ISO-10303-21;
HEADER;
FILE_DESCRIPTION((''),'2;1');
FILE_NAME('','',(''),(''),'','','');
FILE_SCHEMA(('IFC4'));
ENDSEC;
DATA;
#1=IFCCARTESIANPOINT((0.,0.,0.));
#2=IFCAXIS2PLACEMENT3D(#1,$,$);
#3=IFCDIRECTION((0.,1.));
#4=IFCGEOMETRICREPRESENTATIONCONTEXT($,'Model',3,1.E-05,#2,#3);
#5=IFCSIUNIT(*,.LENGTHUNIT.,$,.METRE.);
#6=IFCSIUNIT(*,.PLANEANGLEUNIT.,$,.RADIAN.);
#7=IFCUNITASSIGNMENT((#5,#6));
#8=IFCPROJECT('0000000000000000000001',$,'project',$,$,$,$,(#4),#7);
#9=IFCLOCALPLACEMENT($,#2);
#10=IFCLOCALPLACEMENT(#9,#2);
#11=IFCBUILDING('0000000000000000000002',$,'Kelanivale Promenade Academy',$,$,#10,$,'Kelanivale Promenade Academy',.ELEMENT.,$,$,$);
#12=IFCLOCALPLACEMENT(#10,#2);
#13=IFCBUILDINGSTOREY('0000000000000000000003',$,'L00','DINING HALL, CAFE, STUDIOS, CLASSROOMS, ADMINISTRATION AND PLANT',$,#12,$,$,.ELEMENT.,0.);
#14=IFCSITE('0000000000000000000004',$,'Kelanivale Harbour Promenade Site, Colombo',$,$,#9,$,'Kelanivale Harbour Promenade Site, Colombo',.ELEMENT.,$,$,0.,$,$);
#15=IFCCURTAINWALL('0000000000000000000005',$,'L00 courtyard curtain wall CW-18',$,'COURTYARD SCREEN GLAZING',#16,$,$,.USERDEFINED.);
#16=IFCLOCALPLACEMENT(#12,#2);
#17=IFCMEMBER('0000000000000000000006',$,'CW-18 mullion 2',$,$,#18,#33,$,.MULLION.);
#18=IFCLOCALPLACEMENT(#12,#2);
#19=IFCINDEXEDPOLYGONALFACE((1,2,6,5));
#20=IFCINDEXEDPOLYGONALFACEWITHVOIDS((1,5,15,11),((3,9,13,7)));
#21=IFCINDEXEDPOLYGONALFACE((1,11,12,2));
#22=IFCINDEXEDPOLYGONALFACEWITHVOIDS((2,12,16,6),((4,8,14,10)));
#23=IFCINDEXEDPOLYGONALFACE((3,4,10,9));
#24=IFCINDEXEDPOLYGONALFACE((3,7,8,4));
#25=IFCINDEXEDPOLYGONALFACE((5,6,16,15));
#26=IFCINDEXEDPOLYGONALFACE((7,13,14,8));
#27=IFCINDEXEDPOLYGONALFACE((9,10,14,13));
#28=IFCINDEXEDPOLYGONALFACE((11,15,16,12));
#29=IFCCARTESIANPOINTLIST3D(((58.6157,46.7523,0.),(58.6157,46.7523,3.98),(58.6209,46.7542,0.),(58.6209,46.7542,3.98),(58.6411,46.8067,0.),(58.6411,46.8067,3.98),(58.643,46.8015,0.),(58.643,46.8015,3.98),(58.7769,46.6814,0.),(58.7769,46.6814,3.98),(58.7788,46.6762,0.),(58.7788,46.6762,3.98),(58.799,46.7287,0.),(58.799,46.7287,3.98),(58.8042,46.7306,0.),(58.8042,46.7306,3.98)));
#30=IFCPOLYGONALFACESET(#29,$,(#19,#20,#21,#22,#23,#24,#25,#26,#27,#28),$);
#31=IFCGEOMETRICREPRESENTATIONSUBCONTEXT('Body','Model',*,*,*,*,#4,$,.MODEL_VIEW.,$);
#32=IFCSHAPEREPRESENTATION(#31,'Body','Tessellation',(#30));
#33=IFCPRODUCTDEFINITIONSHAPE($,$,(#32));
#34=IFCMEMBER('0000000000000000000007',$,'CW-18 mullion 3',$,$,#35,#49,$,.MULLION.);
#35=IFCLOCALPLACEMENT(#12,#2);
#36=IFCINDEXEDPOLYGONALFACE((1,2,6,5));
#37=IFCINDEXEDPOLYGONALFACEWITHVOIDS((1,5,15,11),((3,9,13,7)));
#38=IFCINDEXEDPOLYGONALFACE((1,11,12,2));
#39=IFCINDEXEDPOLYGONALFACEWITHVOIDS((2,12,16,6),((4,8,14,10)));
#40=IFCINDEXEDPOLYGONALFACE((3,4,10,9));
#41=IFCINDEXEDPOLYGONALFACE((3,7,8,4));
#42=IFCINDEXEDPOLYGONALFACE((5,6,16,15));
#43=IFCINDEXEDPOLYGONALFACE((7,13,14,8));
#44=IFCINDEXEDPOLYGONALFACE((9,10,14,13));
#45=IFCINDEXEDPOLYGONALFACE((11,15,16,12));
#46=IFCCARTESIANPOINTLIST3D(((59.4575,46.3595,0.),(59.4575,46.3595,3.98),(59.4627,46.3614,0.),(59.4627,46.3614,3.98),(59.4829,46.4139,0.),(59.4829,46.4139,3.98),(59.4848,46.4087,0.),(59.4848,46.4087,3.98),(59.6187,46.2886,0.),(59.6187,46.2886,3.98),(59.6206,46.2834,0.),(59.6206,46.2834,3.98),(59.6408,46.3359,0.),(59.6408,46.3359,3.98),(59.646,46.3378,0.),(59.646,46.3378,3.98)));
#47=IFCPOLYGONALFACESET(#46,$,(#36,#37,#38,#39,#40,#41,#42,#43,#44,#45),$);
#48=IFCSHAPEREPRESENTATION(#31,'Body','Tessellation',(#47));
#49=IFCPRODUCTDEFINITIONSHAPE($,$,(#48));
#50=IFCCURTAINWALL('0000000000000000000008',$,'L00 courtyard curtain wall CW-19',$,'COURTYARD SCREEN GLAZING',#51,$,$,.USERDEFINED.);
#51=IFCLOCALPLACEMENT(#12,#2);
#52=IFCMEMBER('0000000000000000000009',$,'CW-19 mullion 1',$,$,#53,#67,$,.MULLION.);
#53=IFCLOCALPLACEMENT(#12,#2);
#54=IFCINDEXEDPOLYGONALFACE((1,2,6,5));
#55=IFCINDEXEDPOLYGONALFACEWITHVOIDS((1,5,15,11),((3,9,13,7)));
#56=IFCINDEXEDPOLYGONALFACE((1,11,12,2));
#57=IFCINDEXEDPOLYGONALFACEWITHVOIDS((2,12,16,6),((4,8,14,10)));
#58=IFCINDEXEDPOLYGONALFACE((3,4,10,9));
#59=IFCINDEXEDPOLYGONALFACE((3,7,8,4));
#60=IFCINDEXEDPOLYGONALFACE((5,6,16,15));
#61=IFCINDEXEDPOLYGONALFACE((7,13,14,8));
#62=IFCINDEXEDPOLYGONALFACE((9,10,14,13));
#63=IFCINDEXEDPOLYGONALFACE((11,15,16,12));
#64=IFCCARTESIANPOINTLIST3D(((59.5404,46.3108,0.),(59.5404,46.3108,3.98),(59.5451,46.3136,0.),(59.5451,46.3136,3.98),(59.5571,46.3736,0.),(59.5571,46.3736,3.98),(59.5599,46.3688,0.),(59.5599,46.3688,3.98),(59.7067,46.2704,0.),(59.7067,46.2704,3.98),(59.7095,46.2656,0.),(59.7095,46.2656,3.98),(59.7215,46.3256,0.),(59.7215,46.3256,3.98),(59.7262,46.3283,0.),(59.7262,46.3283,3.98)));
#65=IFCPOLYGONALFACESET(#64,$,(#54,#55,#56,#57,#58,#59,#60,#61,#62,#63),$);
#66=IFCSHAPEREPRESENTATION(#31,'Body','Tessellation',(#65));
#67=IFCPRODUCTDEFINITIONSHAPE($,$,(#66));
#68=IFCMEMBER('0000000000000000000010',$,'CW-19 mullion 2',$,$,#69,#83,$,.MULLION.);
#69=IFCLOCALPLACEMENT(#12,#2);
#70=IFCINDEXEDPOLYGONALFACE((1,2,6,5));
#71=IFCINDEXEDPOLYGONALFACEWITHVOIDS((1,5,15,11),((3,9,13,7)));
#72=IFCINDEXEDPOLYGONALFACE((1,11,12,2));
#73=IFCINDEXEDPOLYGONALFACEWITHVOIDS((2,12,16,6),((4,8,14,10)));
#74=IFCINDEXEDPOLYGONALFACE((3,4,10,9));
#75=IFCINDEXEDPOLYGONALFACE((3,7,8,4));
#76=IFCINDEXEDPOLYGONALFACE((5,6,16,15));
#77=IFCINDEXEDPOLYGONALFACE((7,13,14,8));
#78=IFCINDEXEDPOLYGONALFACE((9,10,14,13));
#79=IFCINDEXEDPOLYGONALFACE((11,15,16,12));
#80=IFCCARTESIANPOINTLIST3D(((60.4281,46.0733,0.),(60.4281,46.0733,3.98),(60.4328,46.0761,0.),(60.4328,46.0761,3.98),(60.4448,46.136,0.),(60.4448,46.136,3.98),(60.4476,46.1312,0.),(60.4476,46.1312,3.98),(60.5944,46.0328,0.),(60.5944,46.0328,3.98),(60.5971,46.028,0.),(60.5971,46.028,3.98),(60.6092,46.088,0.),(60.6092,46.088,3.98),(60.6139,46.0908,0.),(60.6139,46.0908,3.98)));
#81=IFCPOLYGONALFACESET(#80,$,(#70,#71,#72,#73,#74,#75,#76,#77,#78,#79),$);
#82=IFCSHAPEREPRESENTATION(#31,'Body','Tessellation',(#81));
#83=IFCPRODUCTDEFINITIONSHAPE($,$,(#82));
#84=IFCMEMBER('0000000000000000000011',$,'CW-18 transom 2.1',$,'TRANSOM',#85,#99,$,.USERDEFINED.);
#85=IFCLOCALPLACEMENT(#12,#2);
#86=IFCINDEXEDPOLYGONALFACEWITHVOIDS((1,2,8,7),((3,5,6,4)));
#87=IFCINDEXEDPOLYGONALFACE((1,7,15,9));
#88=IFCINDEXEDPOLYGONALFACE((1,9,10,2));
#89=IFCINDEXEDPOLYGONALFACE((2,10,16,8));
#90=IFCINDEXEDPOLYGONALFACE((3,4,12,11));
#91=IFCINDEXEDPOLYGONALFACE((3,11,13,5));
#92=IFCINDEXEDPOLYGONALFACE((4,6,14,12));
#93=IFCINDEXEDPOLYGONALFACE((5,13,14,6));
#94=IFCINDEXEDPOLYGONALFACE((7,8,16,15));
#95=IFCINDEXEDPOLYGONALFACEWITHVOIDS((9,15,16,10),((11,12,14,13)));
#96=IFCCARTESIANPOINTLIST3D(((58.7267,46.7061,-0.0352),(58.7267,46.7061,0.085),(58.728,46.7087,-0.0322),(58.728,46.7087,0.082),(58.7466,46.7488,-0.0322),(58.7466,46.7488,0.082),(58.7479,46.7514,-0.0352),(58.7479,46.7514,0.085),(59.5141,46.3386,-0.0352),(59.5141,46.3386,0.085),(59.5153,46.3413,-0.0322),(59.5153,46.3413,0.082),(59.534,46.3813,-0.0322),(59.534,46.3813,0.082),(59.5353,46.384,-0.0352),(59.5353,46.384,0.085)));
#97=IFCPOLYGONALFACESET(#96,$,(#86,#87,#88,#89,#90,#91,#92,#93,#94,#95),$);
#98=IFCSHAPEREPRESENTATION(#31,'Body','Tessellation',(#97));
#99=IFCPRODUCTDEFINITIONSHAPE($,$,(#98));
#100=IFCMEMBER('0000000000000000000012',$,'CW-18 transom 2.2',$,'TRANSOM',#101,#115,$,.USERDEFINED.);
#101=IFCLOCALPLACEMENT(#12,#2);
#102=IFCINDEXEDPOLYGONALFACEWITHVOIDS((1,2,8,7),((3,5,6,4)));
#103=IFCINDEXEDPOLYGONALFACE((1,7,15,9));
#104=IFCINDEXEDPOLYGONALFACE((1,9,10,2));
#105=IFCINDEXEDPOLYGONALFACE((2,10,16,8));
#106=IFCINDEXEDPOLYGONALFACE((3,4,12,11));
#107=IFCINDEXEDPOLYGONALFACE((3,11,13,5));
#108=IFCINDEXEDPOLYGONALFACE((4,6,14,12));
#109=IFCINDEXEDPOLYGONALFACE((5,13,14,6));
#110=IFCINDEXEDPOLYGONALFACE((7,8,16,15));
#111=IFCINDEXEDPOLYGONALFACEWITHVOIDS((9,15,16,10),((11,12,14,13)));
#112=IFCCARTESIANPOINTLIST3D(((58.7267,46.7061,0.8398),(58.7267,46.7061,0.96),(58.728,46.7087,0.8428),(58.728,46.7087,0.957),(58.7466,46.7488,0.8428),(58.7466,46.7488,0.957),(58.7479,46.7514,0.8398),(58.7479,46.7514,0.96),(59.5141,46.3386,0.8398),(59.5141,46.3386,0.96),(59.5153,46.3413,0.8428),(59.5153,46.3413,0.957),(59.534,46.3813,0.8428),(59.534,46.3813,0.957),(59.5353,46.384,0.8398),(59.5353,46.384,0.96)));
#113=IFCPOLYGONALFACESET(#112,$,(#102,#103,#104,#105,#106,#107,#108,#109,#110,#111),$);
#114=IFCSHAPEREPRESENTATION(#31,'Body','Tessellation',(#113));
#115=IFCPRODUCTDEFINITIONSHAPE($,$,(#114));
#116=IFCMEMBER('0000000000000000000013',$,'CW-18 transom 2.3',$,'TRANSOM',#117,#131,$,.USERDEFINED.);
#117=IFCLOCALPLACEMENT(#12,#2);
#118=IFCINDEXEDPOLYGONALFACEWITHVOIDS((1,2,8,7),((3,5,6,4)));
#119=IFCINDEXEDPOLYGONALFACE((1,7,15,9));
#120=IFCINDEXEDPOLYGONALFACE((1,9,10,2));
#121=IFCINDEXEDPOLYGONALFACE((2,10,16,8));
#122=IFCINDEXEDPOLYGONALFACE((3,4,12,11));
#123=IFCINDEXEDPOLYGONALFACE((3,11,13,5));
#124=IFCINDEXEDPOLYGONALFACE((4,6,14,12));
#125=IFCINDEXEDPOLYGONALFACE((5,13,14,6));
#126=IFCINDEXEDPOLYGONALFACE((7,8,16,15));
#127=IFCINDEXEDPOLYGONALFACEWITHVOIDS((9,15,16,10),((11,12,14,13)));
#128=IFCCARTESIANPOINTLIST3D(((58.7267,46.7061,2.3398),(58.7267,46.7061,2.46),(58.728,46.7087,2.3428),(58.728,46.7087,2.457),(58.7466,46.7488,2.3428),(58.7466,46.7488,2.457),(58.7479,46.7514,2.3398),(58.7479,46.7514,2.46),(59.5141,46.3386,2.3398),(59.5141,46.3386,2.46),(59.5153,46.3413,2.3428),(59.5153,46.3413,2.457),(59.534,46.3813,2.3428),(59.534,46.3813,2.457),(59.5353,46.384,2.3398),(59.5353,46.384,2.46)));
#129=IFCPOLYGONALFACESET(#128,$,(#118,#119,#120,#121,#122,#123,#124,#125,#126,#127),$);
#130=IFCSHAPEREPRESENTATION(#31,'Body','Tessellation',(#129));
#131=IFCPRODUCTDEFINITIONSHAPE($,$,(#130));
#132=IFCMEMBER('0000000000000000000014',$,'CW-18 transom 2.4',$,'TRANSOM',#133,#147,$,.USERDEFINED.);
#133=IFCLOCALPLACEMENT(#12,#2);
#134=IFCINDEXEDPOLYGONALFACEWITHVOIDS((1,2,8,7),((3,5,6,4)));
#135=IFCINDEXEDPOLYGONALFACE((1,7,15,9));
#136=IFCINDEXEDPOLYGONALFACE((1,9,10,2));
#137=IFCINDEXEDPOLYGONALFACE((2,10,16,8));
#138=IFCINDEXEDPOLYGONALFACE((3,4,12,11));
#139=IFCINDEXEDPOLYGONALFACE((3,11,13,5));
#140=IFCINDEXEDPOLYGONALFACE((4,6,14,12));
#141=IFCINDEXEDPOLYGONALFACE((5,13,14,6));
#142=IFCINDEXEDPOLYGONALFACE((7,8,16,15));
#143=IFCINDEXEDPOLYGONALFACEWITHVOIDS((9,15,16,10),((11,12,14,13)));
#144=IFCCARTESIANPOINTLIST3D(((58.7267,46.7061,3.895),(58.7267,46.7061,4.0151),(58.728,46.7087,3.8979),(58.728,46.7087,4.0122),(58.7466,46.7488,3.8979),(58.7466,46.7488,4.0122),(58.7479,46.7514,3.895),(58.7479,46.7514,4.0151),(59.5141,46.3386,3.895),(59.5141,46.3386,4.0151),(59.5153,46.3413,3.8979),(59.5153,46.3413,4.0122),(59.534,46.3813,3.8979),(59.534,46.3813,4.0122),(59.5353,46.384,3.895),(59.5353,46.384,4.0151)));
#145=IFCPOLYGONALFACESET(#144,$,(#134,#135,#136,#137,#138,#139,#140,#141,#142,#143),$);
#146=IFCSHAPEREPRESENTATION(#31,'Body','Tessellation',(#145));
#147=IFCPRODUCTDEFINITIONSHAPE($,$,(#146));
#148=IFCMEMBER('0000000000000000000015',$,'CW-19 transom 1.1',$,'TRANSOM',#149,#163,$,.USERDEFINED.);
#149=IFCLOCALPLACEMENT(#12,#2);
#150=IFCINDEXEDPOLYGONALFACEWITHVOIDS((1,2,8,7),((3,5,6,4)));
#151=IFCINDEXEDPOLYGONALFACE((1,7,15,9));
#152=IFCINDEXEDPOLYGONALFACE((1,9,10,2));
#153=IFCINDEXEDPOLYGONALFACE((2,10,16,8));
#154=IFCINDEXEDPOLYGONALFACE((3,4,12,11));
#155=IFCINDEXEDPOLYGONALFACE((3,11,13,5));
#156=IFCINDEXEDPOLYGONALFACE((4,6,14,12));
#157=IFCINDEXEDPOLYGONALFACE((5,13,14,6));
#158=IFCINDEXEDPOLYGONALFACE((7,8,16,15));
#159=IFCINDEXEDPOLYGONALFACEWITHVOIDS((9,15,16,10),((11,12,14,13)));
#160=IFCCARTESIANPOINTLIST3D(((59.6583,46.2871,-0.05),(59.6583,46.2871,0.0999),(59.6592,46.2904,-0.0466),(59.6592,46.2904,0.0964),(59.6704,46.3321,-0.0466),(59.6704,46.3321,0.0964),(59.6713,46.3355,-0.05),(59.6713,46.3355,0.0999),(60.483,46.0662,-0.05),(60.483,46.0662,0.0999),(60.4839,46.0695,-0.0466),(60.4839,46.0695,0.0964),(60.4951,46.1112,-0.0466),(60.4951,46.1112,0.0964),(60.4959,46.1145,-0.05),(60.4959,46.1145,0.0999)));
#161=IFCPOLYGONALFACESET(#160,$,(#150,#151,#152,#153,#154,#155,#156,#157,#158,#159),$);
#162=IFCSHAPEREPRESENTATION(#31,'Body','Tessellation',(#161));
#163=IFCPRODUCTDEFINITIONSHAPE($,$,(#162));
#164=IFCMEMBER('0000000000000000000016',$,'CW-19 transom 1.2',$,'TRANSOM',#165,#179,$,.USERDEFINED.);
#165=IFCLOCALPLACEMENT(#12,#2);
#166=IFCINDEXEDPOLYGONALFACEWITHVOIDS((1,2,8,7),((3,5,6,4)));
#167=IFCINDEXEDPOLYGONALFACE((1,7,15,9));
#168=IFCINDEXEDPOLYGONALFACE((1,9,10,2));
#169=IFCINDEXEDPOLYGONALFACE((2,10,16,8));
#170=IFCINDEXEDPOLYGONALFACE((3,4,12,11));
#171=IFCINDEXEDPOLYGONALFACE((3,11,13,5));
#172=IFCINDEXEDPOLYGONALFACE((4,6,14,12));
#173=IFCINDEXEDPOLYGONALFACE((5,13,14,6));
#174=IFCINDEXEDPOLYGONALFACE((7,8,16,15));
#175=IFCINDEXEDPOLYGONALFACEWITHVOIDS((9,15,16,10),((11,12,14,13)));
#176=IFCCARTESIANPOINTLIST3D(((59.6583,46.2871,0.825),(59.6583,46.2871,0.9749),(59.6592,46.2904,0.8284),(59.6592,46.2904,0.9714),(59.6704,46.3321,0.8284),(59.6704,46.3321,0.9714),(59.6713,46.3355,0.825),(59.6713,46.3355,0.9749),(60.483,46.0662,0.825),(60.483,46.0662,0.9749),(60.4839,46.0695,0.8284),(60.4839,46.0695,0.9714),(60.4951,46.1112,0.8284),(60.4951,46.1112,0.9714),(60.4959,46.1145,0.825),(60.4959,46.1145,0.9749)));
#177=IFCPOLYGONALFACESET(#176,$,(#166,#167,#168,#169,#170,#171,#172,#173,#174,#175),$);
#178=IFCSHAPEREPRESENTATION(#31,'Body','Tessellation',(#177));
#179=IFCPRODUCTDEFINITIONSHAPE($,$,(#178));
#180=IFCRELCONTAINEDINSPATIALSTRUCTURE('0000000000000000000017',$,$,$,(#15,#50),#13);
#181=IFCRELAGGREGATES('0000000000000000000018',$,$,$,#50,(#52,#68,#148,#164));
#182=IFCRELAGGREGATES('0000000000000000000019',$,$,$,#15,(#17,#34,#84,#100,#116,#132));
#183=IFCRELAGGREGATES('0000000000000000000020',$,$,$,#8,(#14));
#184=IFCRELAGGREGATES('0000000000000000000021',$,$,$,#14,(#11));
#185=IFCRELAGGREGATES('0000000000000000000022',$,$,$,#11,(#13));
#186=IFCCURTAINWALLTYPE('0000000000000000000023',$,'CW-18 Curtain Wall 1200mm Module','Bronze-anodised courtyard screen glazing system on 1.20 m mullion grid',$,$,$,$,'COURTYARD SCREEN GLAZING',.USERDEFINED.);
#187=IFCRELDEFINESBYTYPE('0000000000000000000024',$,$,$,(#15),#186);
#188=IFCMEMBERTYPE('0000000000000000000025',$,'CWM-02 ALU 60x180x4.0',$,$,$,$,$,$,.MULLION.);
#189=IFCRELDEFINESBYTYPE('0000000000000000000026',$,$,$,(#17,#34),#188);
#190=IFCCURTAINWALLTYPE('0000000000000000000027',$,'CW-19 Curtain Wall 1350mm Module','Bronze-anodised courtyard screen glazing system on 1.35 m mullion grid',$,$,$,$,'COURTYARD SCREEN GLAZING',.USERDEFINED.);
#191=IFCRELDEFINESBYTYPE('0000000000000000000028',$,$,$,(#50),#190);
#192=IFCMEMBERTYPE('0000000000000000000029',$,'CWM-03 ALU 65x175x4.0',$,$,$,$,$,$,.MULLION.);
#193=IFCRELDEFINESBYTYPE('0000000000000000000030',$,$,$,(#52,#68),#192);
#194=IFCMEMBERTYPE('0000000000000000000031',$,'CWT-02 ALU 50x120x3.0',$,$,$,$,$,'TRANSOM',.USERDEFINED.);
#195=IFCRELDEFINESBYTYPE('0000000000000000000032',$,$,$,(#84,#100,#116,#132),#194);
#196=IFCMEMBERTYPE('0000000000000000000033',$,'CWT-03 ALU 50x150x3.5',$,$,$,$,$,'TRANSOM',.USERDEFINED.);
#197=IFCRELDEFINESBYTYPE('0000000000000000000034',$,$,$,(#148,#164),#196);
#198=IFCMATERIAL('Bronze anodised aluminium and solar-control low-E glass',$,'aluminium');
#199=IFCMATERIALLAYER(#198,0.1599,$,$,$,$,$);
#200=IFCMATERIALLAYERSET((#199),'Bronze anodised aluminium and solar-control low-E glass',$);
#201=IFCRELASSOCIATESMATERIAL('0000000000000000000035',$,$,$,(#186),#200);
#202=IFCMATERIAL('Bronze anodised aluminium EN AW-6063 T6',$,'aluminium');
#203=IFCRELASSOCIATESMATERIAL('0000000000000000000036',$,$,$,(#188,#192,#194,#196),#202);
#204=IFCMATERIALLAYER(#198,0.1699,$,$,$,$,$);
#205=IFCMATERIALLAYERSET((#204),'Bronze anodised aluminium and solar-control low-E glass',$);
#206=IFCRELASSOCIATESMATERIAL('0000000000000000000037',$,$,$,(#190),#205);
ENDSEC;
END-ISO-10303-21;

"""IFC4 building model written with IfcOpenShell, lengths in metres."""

from ifc_helpers import new_model, si_unit, direction, frame, origin, origin_2d, place, context, subcontext, project, spatial, hollow_rectangle, extrude, material, layer, layer_set, material_profile, profile_set, type_object, element, aggregate, save


model = new_model("IFC4")

# Units and contexts
model_context = context("Model", 3, precision=1e-05, world=origin(), true_north=direction((0.0, 1.0)))
body_context = subcontext(model_context, "Body", "Model", "MODEL_VIEW")
ifc_project = project(units=[si_unit("LENGTHUNIT", "METRE"), si_unit("PLANEANGLEUNIT", "RADIAN")], contexts=[model_context])

# Site, building, storey
site_placement = place(None, origin())
site = spatial("IfcSite", under=ifc_project, at=site_placement, Name="Kelanivale Harbour Promenade Site, Colombo", LongName="Kelanivale Harbour Promenade Site, Colombo", CompositionType="ELEMENT", RefElevation=0.0)
building_placement = place(site_placement, origin())
building = spatial("IfcBuilding", under=site, at=building_placement, Name="Kelanivale Promenade Academy", LongName="Kelanivale Promenade Academy", CompositionType="ELEMENT")
storey_placement = place(building_placement, origin())
storey = spatial("IfcBuildingStorey", under=building, at=storey_placement, Name="L00", Description="DINING HALL, CAFE, STUDIOS, CLASSROOMS, ADMINISTRATION AND PLANT", CompositionType="ELEMENT", Elevation=0.0)

# Curtain walls, members
ifc_material_1 = material(Name="Bronze anodised aluminium and solar-control low-E glass", Category="aluminium")
ifc_layer_1 = layer(ifc_material_1, 0.1599)
ifc_layer_set_1 = layer_set([ifc_layer_1], Name="Bronze anodised aluminium and solar-control low-E glass")
curtain_wall_type_1 = type_object("IfcCurtainWallType", Name="CW-18 Curtain Wall 1200mm Module", Description="Bronze-anodised courtyard screen glazing system on 1.20 m mullion grid", ElementType="COURTYARD SCREEN GLAZING", PredefinedType="USERDEFINED", material=ifc_layer_set_1)
curtain_wall_1_placement = place(storey_placement, origin())
curtain_wall_1 = element("IfcCurtainWall", 1, at=curtain_wall_1_placement, inside=storey, type_object=curtain_wall_type_1, Name="L00 courtyard curtain wall CW-18", ObjectType="COURTYARD SCREEN GLAZING", PredefinedType="USERDEFINED")
ifc_material_2 = material(Name="Bronze anodised aluminium EN AW-6063 T6", Category="aluminium")
ifc_material_profile_1 = material_profile(ifc_material_2, hollow_rectangle(XDim=0.0601, YDim=0.1799, WallThickness=0.0039, at=origin_2d()), Name="ALU 60x180x4.0")
ifc_profile_set_1 = profile_set([ifc_material_profile_1], Name="Bronze anodised aluminium EN AW-6063 T6")
member_type_1 = type_object("IfcMemberType", Name="CWM-02 ALU 60x180x4.0", PredefinedType="MULLION", material=ifc_profile_set_1)
member_1_placement = place(storey_placement, frame((58.71, 46.7415, 0.0), z_axis=(0.0, 0.0, 1.0), x_axis=(0.422857, 0.906196, 0.0)))
member_1 = element("IfcMember", 2, at=member_1_placement, type_object=member_type_1, Name="CW-18 mullion 2", PredefinedType="MULLION", context=body_context, shape_type="SweptSolid", body=[
    extrude(hollow_rectangle(XDim=0.0601, YDim=0.1799, WallThickness=0.0039, at=origin_2d()), origin(), (0.0, 0.0, 1.0), 3.98),
])
member_2_placement = place(storey_placement, frame((59.5518, 46.3486, 0.0), z_axis=(0.0, 0.0, 1.0), x_axis=(0.422857, 0.906196, 0.0)))
member_2 = element("IfcMember", 3, at=member_2_placement, type_object=member_type_1, Name="CW-18 mullion 3", PredefinedType="MULLION", context=body_context, shape_type="SweptSolid", body=[
    extrude(hollow_rectangle(XDim=0.0601, YDim=0.1799, WallThickness=0.0039, at=origin_2d()), origin(), (0.0, 0.0, 1.0), 3.98),
])
ifc_layer_2 = layer(ifc_material_1, 0.1699)
ifc_layer_set_2 = layer_set([ifc_layer_2], Name="Bronze anodised aluminium and solar-control low-E glass")
curtain_wall_type_2 = type_object("IfcCurtainWallType", Name="CW-19 Curtain Wall 1350mm Module", Description="Bronze-anodised courtyard screen glazing system on 1.35 m mullion grid", ElementType="COURTYARD SCREEN GLAZING", PredefinedType="USERDEFINED", material=ifc_layer_set_2)
curtain_wall_2_placement = place(storey_placement, origin())
curtain_wall_2 = element("IfcCurtainWall", 4, at=curtain_wall_2_placement, inside=storey, type_object=curtain_wall_type_2, Name="L00 courtyard curtain wall CW-19", ObjectType="COURTYARD SCREEN GLAZING", PredefinedType="USERDEFINED")
ifc_material_profile_2 = material_profile(ifc_material_2, hollow_rectangle(XDim=0.0649, YDim=0.175, WallThickness=0.0039, at=origin_2d()), Name="ALU 65x175x4.0")
ifc_profile_set_2 = profile_set([ifc_material_profile_2], Name="Bronze anodised aluminium EN AW-6063 T6")
member_type_2 = type_object("IfcMemberType", Name="CWM-03 ALU 65x175x4.0", PredefinedType="MULLION", material=ifc_profile_set_2)
member_3_placement = place(storey_placement, frame((59.6333, 46.3196, 0.0), z_axis=(0.0, 0.0, 1.0), x_axis=(0.258578, 0.96599, 0.0)))
member_3 = element("IfcMember", 5, at=member_3_placement, type_object=member_type_2, Name="CW-19 mullion 1", PredefinedType="MULLION", context=body_context, shape_type="SweptSolid", body=[
    extrude(hollow_rectangle(XDim=0.0649, YDim=0.175, WallThickness=0.0039, at=origin_2d()), origin(), (0.0, 0.0, 1.0), 3.98),
])
member_4_placement = place(storey_placement, frame((60.521, 46.082, 0.0), z_axis=(0.0, 0.0, 1.0), x_axis=(0.258578, 0.96599, 0.0)))
member_4 = element("IfcMember", 6, at=member_4_placement, type_object=member_type_2, Name="CW-19 mullion 2", PredefinedType="MULLION", context=body_context, shape_type="SweptSolid", body=[
    extrude(hollow_rectangle(XDim=0.0649, YDim=0.175, WallThickness=0.0039, at=origin_2d()), origin(), (0.0, 0.0, 1.0), 3.98),
])

# Members
ifc_material_profile_3 = material_profile(ifc_material_2, hollow_rectangle(XDim=0.05, YDim=0.1201, WallThickness=0.0029, at=origin_2d()), Name="ALU 50x120x3.0")
ifc_profile_set_3 = profile_set([ifc_material_profile_3], Name="Bronze anodised aluminium EN AW-6063 T6")
member_type_3 = type_object("IfcMemberType", Name="CWT-02 ALU 50x120x3.0", ElementType="TRANSOM", PredefinedType="USERDEFINED", material=ifc_profile_set_3)
member_5_placement = place(storey_placement, frame((58.7373, 46.7288, 0.0249), z_axis=(0.906183, -0.422885, 0.0), x_axis=(0.422885, 0.906183, 0.0)))
member_5 = element("IfcMember", 7, at=member_5_placement, type_object=member_type_3, Name="CW-18 transom 2.1", ObjectType="TRANSOM", PredefinedType="USERDEFINED", context=body_context, shape_type="SweptSolid", body=[
    extrude(hollow_rectangle(XDim=0.05, YDim=0.1201, WallThickness=0.0029, at=origin_2d()), origin(), (0.0, 0.0, 1.0), 0.8689),
])
member_6_placement = place(storey_placement, frame((58.7373, 46.7288, 0.8999), z_axis=(0.906183, -0.422885, 0.0), x_axis=(0.422885, 0.906183, 0.0)))
member_6 = element("IfcMember", 8, at=member_6_placement, type_object=member_type_3, Name="CW-18 transom 2.2", ObjectType="TRANSOM", PredefinedType="USERDEFINED", context=body_context, shape_type="SweptSolid", body=[
    extrude(hollow_rectangle(XDim=0.05, YDim=0.1201, WallThickness=0.0029, at=origin_2d()), origin(), (0.0, 0.0, 1.0), 0.8689),
])
member_7_placement = place(storey_placement, frame((58.7373, 46.7288, 2.3999), z_axis=(0.906183, -0.422885, 0.0), x_axis=(0.422885, 0.906183, 0.0)))
member_7 = element("IfcMember", 9, at=member_7_placement, type_object=member_type_3, Name="CW-18 transom 2.3", ObjectType="TRANSOM", PredefinedType="USERDEFINED", context=body_context, shape_type="SweptSolid", body=[
    extrude(hollow_rectangle(XDim=0.05, YDim=0.1201, WallThickness=0.0029, at=origin_2d()), origin(), (0.0, 0.0, 1.0), 0.8689),
])
member_8_placement = place(storey_placement, frame((58.7373, 46.7288, 3.9551), z_axis=(0.906183, -0.422885, 0.0), x_axis=(0.422885, 0.906183, 0.0)))
member_8 = element("IfcMember", 10, at=member_8_placement, type_object=member_type_3, Name="CW-18 transom 2.4", ObjectType="TRANSOM", PredefinedType="USERDEFINED", context=body_context, shape_type="SweptSolid", body=[
    extrude(hollow_rectangle(XDim=0.05, YDim=0.1201, WallThickness=0.0029, at=origin_2d()), origin(), (0.0, 0.0, 1.0), 0.8689),
])
ifc_material_profile_4 = material_profile(ifc_material_2, hollow_rectangle(XDim=0.05, YDim=0.1499, WallThickness=0.0034, at=origin_2d()), Name="ALU 50x150x3.5")
ifc_profile_set_4 = profile_set([ifc_material_profile_4], Name="Bronze anodised aluminium EN AW-6063 T6")
member_type_4 = type_object("IfcMemberType", Name="CWT-03 ALU 50x150x3.5", ElementType="TRANSOM", PredefinedType="USERDEFINED", material=ifc_profile_set_4)
member_9_placement = place(storey_placement, frame((59.6648, 46.3113, 0.0249), z_axis=(0.965935, -0.258784, 0.0), x_axis=(0.258784, 0.965935, 0.0)))
member_9 = element("IfcMember", 11, at=member_9_placement, type_object=member_type_4, Name="CW-19 transom 1.1", ObjectType="TRANSOM", PredefinedType="USERDEFINED", context=body_context, shape_type="SweptSolid", body=[
    extrude(hollow_rectangle(XDim=0.05, YDim=0.1499, WallThickness=0.0034, at=origin_2d()), origin(), (0.0, 0.0, 1.0), 0.8538),
])
member_10_placement = place(storey_placement, frame((59.6648, 46.3113, 0.8999), z_axis=(0.965935, -0.258784, 0.0), x_axis=(0.258784, 0.965935, 0.0)))
member_10 = element("IfcMember", 12, at=member_10_placement, type_object=member_type_4, Name="CW-19 transom 1.2", ObjectType="TRANSOM", PredefinedType="USERDEFINED", context=body_context, shape_type="SweptSolid", body=[
    extrude(hollow_rectangle(XDim=0.05, YDim=0.1499, WallThickness=0.0034, at=origin_2d()), origin(), (0.0, 0.0, 1.0), 0.8538),
])

aggregate(curtain_wall_2, [member_3, member_4, member_9, member_10])
aggregate(curtain_wall_1, [member_1, member_2, member_5, member_6, member_7, member_8])

save(model, "model.ifc")
